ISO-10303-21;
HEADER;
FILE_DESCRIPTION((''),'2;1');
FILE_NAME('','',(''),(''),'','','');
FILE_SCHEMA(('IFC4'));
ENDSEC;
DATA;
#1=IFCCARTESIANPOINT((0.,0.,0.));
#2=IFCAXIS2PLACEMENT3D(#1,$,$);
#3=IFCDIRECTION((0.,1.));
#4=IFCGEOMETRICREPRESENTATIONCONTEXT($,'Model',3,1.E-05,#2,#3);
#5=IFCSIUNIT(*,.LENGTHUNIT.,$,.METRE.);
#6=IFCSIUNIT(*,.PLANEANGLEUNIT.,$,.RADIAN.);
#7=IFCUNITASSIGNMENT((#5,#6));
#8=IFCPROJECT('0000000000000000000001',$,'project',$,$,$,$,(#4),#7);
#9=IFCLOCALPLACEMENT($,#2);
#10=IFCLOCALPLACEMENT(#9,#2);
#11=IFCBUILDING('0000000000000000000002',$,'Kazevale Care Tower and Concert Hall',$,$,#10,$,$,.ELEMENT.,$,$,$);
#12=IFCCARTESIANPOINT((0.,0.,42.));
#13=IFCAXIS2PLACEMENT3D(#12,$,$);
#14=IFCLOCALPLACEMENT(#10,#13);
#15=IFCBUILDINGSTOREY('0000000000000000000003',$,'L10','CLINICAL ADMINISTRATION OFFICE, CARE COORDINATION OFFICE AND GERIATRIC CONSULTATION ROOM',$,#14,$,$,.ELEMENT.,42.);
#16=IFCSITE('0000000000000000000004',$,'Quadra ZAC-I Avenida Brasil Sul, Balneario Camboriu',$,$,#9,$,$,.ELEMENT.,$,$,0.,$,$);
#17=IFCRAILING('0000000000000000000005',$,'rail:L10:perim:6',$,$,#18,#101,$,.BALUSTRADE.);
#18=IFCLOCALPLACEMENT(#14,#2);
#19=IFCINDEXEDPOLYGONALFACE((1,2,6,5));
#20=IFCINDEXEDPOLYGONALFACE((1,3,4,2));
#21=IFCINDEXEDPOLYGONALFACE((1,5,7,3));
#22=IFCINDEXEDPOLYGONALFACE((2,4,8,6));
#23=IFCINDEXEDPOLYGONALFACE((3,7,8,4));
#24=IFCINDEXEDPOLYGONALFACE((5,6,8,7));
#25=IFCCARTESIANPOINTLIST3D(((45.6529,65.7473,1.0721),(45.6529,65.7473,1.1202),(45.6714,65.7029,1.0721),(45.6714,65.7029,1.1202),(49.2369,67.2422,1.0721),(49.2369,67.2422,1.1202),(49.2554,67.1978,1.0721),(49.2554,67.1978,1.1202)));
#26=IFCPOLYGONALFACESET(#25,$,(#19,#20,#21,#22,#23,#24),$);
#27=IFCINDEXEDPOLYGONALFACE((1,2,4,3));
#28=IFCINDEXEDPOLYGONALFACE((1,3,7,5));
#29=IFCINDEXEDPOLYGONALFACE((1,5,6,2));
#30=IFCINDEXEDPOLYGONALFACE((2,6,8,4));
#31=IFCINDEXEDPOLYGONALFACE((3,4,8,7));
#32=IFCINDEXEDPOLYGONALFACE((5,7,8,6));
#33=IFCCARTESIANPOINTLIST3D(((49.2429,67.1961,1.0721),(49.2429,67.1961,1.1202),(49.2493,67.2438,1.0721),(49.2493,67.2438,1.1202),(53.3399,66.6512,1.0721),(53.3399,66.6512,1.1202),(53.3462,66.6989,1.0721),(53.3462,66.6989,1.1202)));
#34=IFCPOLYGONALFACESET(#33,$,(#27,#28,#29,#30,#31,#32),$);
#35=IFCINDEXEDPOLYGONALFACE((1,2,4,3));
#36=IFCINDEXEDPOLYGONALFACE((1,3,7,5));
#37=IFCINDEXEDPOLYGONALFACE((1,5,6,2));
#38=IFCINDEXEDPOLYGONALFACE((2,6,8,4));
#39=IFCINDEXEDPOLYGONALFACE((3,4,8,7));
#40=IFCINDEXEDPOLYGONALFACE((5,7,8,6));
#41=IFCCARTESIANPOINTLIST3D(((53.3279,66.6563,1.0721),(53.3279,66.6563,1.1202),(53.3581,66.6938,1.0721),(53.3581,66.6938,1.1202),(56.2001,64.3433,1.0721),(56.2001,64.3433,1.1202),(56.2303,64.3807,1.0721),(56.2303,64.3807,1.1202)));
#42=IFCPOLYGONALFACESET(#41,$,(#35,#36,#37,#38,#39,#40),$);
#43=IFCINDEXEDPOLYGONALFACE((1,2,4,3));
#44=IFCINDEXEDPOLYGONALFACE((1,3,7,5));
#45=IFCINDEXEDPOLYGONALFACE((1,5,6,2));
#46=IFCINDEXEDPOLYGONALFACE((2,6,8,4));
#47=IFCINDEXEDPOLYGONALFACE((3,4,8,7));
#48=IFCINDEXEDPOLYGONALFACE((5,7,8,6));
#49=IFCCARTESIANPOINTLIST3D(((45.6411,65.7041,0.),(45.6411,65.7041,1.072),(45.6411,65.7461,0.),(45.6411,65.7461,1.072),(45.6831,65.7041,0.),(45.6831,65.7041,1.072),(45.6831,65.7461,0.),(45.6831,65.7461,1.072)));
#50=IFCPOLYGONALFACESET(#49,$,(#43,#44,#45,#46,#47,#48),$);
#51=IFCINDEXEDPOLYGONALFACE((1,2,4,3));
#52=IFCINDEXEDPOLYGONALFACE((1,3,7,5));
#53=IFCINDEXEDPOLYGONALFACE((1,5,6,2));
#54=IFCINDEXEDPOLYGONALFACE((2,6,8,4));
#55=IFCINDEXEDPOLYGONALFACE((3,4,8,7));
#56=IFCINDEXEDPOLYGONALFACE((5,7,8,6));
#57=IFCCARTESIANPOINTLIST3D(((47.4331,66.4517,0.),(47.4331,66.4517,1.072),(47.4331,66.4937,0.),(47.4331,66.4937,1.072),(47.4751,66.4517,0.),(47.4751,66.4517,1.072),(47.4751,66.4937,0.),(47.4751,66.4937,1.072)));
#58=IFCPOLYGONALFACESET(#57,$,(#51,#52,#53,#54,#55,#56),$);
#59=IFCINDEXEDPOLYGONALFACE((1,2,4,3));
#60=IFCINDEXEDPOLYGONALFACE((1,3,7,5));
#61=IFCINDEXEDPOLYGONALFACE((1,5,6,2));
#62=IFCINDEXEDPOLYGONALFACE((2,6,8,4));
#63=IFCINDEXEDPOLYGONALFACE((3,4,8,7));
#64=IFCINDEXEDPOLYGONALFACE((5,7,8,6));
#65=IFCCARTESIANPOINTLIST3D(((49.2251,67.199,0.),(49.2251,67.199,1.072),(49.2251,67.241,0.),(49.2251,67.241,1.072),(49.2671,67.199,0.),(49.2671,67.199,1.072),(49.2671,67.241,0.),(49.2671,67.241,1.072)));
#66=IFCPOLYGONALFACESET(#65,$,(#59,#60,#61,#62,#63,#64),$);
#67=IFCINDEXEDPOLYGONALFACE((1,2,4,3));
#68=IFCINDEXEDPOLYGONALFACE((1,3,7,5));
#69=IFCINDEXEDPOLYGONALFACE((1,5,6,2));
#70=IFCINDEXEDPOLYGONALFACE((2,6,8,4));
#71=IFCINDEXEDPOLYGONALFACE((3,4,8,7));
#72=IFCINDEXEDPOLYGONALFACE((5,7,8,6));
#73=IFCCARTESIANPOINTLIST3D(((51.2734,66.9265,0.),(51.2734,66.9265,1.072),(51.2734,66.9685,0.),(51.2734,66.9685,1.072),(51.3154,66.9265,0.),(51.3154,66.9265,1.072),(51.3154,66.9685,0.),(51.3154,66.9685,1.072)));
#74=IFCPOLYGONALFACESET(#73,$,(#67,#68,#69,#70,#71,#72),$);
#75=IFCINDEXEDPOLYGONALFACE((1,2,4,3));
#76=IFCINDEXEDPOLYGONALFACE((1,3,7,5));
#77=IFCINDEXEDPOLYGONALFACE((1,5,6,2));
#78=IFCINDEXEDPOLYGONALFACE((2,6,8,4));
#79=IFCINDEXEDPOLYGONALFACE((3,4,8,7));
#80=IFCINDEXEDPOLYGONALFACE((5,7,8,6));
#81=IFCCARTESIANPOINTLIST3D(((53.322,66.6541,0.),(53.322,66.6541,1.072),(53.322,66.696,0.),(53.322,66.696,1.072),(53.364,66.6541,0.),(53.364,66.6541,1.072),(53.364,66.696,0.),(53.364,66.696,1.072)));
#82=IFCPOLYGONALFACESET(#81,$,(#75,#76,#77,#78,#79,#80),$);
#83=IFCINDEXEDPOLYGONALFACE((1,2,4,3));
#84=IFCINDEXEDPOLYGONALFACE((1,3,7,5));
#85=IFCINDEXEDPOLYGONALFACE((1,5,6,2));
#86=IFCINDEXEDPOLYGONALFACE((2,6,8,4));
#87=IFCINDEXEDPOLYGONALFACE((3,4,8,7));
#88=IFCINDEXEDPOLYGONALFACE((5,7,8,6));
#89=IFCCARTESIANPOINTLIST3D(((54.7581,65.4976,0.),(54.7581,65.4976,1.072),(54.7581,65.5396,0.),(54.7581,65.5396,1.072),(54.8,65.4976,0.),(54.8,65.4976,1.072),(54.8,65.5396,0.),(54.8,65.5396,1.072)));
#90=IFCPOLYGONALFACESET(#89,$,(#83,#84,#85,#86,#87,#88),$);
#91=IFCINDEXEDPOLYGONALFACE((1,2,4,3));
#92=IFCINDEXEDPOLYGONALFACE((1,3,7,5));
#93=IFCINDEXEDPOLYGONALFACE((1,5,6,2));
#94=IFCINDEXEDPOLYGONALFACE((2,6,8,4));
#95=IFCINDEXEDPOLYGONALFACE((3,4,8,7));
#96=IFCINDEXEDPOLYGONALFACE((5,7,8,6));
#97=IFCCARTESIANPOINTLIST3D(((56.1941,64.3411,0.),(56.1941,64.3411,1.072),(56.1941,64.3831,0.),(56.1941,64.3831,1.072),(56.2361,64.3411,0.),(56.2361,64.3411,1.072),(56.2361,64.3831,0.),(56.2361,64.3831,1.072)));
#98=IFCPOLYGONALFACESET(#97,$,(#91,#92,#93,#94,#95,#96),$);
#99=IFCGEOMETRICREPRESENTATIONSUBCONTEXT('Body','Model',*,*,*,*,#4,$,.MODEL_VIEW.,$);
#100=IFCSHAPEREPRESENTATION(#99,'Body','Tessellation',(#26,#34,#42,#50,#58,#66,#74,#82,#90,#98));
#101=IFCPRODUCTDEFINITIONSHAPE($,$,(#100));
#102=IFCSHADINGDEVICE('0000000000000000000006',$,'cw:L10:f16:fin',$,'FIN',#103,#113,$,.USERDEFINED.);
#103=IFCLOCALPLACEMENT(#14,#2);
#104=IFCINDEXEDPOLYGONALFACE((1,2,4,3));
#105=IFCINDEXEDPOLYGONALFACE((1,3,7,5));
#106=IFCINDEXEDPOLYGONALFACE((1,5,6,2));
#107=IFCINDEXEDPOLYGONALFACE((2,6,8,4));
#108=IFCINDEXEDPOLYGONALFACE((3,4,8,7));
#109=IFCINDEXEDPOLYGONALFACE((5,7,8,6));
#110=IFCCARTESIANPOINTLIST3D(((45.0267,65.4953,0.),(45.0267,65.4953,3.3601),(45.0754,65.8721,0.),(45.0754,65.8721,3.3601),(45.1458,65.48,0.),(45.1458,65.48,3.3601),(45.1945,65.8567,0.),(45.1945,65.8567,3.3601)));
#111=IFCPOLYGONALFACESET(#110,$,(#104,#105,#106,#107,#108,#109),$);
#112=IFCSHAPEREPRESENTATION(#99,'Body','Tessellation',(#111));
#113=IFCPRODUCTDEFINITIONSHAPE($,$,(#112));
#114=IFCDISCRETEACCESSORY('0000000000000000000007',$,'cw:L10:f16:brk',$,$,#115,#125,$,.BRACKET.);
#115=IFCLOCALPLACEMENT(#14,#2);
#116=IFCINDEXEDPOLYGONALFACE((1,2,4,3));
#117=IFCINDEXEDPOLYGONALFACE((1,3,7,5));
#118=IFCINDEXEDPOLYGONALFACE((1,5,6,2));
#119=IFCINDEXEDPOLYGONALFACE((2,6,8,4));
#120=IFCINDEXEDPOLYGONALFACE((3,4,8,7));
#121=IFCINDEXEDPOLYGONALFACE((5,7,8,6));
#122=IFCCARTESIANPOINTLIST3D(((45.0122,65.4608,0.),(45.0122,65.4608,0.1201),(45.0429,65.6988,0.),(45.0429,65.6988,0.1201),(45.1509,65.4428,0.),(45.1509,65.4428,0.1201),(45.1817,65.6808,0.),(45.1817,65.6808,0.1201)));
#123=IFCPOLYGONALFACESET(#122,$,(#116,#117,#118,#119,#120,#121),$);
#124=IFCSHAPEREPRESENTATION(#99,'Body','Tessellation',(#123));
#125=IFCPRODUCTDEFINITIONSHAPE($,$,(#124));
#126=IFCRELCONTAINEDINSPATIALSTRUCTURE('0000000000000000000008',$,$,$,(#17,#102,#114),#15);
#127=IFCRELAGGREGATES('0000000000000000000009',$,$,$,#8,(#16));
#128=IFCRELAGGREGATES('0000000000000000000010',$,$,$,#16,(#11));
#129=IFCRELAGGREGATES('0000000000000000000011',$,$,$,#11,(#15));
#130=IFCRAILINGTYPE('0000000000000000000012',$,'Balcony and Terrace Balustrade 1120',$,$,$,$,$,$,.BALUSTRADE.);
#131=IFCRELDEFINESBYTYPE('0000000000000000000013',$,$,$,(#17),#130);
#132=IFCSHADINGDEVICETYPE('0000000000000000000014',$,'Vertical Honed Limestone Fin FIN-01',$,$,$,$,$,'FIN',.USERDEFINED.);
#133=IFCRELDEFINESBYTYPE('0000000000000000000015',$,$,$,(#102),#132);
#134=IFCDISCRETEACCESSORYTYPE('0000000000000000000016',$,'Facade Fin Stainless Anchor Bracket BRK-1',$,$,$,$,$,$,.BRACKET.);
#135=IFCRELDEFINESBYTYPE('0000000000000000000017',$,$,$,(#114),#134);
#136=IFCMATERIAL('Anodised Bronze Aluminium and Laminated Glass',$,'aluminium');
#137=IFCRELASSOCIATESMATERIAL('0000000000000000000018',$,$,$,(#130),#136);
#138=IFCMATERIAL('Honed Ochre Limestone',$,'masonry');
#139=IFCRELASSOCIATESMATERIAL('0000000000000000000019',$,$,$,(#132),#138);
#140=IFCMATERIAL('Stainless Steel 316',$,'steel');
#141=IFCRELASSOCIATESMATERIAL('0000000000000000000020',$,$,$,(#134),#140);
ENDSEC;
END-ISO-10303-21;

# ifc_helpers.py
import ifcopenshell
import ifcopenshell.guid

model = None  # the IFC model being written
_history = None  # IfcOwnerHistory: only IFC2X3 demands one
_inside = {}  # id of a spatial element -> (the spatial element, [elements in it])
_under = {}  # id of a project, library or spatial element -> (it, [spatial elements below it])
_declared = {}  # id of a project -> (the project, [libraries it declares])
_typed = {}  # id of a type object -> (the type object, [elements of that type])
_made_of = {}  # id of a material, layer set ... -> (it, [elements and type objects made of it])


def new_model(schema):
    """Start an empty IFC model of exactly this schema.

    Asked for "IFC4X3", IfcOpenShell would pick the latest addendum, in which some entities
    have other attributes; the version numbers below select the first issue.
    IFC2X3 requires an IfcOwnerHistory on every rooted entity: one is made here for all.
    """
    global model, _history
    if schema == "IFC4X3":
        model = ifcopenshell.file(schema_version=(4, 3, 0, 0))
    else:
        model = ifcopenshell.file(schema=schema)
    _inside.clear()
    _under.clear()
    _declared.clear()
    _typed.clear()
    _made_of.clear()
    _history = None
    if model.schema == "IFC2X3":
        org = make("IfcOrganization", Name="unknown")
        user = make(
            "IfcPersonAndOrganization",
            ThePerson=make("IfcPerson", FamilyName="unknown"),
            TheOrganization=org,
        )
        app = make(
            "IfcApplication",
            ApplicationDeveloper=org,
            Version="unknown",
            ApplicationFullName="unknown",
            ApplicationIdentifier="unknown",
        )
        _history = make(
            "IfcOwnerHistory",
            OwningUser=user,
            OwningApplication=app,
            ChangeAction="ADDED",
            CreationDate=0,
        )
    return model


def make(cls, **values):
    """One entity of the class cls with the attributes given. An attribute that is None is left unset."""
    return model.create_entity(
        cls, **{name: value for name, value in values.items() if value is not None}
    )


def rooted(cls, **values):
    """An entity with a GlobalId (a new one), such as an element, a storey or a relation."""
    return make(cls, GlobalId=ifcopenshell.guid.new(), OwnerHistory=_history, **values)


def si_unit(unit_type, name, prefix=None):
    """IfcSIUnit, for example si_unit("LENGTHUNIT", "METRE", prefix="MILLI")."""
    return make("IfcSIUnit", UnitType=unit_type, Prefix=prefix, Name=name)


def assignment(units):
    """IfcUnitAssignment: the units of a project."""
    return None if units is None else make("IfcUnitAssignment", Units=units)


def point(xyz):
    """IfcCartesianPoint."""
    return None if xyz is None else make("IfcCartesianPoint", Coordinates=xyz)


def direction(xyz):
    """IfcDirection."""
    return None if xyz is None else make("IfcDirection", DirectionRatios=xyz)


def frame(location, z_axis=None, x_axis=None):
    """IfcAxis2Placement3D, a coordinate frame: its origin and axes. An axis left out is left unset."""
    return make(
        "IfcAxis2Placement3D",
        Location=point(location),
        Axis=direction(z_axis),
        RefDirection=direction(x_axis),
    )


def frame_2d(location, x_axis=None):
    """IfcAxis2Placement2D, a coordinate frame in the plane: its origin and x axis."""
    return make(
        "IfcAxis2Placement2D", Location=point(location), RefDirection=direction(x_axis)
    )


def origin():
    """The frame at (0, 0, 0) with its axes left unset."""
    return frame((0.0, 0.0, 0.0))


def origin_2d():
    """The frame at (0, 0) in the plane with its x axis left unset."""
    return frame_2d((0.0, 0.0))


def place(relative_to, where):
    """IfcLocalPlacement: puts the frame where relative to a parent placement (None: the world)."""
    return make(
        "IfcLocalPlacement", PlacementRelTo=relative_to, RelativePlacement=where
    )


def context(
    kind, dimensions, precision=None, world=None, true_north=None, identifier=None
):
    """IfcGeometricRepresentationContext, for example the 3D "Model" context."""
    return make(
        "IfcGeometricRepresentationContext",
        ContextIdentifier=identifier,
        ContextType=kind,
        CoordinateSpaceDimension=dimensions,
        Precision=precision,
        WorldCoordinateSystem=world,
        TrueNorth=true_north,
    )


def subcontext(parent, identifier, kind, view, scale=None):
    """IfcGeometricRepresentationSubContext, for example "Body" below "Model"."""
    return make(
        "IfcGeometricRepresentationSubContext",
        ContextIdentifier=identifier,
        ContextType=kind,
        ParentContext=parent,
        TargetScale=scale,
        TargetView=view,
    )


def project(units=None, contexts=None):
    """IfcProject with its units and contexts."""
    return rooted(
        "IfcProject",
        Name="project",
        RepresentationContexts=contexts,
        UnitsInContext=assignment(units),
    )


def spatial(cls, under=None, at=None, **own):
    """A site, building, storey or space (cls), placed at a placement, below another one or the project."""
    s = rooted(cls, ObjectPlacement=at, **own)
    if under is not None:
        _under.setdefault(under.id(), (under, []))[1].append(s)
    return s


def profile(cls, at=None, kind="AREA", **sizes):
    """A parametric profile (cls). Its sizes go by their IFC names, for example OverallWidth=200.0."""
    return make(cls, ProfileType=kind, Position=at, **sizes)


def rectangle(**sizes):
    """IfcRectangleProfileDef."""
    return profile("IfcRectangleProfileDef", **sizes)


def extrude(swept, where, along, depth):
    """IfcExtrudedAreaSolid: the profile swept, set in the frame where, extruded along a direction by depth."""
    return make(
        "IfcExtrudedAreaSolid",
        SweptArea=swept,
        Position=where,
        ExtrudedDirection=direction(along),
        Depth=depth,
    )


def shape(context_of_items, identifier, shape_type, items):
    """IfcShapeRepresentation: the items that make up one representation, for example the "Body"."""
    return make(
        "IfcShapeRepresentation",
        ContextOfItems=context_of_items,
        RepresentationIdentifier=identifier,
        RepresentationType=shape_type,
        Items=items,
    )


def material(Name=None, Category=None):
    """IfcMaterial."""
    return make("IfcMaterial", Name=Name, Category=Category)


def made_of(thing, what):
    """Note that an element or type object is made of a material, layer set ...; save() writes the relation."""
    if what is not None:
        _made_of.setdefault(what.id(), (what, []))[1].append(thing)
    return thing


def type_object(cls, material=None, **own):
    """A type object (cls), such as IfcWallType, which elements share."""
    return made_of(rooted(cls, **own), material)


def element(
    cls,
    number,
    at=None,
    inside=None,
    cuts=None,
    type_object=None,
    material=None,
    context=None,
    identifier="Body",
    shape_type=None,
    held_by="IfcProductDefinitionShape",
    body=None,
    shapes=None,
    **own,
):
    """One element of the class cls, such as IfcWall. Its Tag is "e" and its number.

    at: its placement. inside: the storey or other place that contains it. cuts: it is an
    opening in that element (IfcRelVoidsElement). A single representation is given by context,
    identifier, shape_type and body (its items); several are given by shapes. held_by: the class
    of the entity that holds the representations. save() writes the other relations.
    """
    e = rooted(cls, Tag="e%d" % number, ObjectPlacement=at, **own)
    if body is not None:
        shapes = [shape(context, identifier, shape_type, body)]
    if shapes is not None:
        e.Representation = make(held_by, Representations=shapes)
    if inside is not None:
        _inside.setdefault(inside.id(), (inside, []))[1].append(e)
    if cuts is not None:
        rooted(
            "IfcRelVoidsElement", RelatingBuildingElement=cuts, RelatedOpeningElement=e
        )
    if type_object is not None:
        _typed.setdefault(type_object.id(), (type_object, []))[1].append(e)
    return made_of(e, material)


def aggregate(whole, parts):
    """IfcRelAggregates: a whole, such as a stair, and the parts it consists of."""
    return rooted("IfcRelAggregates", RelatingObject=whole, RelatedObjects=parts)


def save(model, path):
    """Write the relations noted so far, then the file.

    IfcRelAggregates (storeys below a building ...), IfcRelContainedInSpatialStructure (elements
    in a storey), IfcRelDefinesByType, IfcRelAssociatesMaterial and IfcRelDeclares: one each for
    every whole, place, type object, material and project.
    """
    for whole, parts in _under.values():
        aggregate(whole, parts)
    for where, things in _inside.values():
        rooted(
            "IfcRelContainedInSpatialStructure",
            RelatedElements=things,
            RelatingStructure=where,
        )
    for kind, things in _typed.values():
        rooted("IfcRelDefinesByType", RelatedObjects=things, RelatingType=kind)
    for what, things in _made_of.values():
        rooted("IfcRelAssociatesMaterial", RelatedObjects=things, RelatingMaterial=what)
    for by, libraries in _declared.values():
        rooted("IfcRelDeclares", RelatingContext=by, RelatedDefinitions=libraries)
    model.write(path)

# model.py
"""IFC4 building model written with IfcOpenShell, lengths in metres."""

from ifc_helpers import new_model, si_unit, direction, frame, origin, origin_2d, place, context, subcontext, project, spatial, rectangle, extrude, material, type_object, element, save


model = new_model("IFC4")

# Units and contexts
model_context = context("Model", 3, precision=1e-05, world=origin(), true_north=direction((0.0, 1.0)))
body_context = subcontext(model_context, "Body", "Model", "MODEL_VIEW")
ifc_project = project(units=[si_unit("LENGTHUNIT", "METRE"), si_unit("PLANEANGLEUNIT", "RADIAN")], contexts=[model_context])

# Site, building, storey
site_placement = place(None, origin())
site = spatial("IfcSite", under=ifc_project, at=site_placement, Name="Quadra ZAC-I Avenida Brasil Sul, Balneario Camboriu", CompositionType="ELEMENT", RefElevation=0.0)
building_placement = place(site_placement, origin())
building = spatial("IfcBuilding", under=site, at=building_placement, Name="Kazevale Care Tower and Concert Hall", CompositionType="ELEMENT")
storey_placement = place(building_placement, frame((0.0, 0.0, 42.0)))
storey = spatial("IfcBuildingStorey", under=building, at=storey_placement, Name="L10", Description="CLINICAL ADMINISTRATION OFFICE, CARE COORDINATION OFFICE AND GERIATRIC CONSULTATION ROOM", CompositionType="ELEMENT", Elevation=42.0)

# Railing
ifc_material_1 = material(Name="Anodised Bronze Aluminium and Laminated Glass", Category="aluminium")
railing_type = type_object("IfcRailingType", Name="Balcony and Terrace Balustrade 1120", PredefinedType="BALUSTRADE", material=ifc_material_1)
railing_placement = place(storey_placement, frame((45.6621, 65.7251, 0.0)))
element("IfcRailing", 1, at=railing_placement, inside=storey, type_object=railing_type, Name="rail:L10:perim:6", PredefinedType="BALUSTRADE", context=body_context, shape_type="SweptSolid", body=[
    extrude(rectangle(XDim=0.0481, YDim=0.0481, at=origin_2d()), frame((0.0, 0.0, 1.0962), z_axis=(0.922935, 0.384955, 0.0), x_axis=(-0.384955, 0.922935, 0.0)), (0.0, 0.0, 1.0), 3.8833),
    extrude(rectangle(XDim=0.0481, YDim=0.0481, at=origin_2d()), frame((3.584, 1.4949, 1.0962), z_axis=(0.99127, -0.131846, 0.0), x_axis=(0.131846, 0.99127, 0.0)), (0.0, 0.0, 1.0), 4.1331),
    extrude(rectangle(XDim=0.0481, YDim=0.0481, at=origin_2d()), frame((7.6809, 0.95, 1.0962), z_axis=(0.778837, -0.627227, 0.0), x_axis=(0.627227, 0.778837, 0.0)), (0.0, 0.0, 1.0), 3.6877),
    extrude(rectangle(XDim=0.042, YDim=0.042, at=origin_2d()), origin(), (0.0, 0.0, 1.0), 1.072),
    extrude(rectangle(XDim=0.042, YDim=0.042, at=origin_2d()), frame((1.792, 0.7476, 0.0)), (0.0, 0.0, 1.0), 1.072),
    extrude(rectangle(XDim=0.042, YDim=0.042, at=origin_2d()), frame((3.584, 1.4949, 0.0)), (0.0, 0.0, 1.0), 1.072),
    extrude(rectangle(XDim=0.042, YDim=0.042, at=origin_2d()), frame((5.6323, 1.2224, 0.0)), (0.0, 0.0, 1.0), 1.072),
    extrude(rectangle(XDim=0.042, YDim=0.042, at=origin_2d()), frame((7.6809, 0.95, 0.0)), (0.0, 0.0, 1.0), 1.072),
    extrude(rectangle(XDim=0.042, YDim=0.042, at=origin_2d()), frame((9.1169, -0.2065, 0.0)), (0.0, 0.0, 1.0), 1.072),
    extrude(rectangle(XDim=0.042, YDim=0.042, at=origin_2d()), frame((10.553, -1.363, 0.0)), (0.0, 0.0, 1.0), 1.072),
])

# Shading device
ifc_material_2 = material(Name="Honed Ochre Limestone", Category="masonry")
shading_device_type = type_object("IfcShadingDeviceType", Name="Vertical Honed Limestone Fin FIN-01", ElementType="FIN", PredefinedType="USERDEFINED", material=ifc_material_2)
shading_device_placement = place(storey_placement, frame((45.1106, 65.676, 0.0), z_axis=(0.0, 0.0, 1.0), x_axis=(0.128103, 0.991761, 0.0)))
element("IfcShadingDevice", 2, at=shading_device_placement, inside=storey, type_object=shading_device_type, Name="cw:L10:f16:fin", ObjectType="FIN", PredefinedType="USERDEFINED", context=body_context, shape_type="SweptSolid", body=[
    extrude(rectangle(XDim=0.3799, YDim=0.1201, at=origin_2d()), origin(), (0.0, 0.0, 1.0), 3.3601),
])

# Discrete accessory
ifc_material_3 = material(Name="Stainless Steel 316", Category="steel")
discrete_accessory_type = type_object("IfcDiscreteAccessoryType", Name="Facade Fin Stainless Anchor Bracket BRK-1", PredefinedType="BRACKET", material=ifc_material_3)
discrete_accessory_placement = place(storey_placement, frame((45.0969, 65.5708, 0.0), z_axis=(0.0, 0.0, 1.0), x_axis=(0.128103, 0.991761, 0.0)))
element("IfcDiscreteAccessory", 3, at=discrete_accessory_placement, inside=storey, type_object=discrete_accessory_type, Name="cw:L10:f16:brk", PredefinedType="BRACKET", context=body_context, shape_type="SweptSolid", body=[
    extrude(rectangle(XDim=0.24, YDim=0.1399, at=origin_2d()), origin(), (0.0, 0.0, 1.0), 0.1201),
])

save(model, "model.ifc")
